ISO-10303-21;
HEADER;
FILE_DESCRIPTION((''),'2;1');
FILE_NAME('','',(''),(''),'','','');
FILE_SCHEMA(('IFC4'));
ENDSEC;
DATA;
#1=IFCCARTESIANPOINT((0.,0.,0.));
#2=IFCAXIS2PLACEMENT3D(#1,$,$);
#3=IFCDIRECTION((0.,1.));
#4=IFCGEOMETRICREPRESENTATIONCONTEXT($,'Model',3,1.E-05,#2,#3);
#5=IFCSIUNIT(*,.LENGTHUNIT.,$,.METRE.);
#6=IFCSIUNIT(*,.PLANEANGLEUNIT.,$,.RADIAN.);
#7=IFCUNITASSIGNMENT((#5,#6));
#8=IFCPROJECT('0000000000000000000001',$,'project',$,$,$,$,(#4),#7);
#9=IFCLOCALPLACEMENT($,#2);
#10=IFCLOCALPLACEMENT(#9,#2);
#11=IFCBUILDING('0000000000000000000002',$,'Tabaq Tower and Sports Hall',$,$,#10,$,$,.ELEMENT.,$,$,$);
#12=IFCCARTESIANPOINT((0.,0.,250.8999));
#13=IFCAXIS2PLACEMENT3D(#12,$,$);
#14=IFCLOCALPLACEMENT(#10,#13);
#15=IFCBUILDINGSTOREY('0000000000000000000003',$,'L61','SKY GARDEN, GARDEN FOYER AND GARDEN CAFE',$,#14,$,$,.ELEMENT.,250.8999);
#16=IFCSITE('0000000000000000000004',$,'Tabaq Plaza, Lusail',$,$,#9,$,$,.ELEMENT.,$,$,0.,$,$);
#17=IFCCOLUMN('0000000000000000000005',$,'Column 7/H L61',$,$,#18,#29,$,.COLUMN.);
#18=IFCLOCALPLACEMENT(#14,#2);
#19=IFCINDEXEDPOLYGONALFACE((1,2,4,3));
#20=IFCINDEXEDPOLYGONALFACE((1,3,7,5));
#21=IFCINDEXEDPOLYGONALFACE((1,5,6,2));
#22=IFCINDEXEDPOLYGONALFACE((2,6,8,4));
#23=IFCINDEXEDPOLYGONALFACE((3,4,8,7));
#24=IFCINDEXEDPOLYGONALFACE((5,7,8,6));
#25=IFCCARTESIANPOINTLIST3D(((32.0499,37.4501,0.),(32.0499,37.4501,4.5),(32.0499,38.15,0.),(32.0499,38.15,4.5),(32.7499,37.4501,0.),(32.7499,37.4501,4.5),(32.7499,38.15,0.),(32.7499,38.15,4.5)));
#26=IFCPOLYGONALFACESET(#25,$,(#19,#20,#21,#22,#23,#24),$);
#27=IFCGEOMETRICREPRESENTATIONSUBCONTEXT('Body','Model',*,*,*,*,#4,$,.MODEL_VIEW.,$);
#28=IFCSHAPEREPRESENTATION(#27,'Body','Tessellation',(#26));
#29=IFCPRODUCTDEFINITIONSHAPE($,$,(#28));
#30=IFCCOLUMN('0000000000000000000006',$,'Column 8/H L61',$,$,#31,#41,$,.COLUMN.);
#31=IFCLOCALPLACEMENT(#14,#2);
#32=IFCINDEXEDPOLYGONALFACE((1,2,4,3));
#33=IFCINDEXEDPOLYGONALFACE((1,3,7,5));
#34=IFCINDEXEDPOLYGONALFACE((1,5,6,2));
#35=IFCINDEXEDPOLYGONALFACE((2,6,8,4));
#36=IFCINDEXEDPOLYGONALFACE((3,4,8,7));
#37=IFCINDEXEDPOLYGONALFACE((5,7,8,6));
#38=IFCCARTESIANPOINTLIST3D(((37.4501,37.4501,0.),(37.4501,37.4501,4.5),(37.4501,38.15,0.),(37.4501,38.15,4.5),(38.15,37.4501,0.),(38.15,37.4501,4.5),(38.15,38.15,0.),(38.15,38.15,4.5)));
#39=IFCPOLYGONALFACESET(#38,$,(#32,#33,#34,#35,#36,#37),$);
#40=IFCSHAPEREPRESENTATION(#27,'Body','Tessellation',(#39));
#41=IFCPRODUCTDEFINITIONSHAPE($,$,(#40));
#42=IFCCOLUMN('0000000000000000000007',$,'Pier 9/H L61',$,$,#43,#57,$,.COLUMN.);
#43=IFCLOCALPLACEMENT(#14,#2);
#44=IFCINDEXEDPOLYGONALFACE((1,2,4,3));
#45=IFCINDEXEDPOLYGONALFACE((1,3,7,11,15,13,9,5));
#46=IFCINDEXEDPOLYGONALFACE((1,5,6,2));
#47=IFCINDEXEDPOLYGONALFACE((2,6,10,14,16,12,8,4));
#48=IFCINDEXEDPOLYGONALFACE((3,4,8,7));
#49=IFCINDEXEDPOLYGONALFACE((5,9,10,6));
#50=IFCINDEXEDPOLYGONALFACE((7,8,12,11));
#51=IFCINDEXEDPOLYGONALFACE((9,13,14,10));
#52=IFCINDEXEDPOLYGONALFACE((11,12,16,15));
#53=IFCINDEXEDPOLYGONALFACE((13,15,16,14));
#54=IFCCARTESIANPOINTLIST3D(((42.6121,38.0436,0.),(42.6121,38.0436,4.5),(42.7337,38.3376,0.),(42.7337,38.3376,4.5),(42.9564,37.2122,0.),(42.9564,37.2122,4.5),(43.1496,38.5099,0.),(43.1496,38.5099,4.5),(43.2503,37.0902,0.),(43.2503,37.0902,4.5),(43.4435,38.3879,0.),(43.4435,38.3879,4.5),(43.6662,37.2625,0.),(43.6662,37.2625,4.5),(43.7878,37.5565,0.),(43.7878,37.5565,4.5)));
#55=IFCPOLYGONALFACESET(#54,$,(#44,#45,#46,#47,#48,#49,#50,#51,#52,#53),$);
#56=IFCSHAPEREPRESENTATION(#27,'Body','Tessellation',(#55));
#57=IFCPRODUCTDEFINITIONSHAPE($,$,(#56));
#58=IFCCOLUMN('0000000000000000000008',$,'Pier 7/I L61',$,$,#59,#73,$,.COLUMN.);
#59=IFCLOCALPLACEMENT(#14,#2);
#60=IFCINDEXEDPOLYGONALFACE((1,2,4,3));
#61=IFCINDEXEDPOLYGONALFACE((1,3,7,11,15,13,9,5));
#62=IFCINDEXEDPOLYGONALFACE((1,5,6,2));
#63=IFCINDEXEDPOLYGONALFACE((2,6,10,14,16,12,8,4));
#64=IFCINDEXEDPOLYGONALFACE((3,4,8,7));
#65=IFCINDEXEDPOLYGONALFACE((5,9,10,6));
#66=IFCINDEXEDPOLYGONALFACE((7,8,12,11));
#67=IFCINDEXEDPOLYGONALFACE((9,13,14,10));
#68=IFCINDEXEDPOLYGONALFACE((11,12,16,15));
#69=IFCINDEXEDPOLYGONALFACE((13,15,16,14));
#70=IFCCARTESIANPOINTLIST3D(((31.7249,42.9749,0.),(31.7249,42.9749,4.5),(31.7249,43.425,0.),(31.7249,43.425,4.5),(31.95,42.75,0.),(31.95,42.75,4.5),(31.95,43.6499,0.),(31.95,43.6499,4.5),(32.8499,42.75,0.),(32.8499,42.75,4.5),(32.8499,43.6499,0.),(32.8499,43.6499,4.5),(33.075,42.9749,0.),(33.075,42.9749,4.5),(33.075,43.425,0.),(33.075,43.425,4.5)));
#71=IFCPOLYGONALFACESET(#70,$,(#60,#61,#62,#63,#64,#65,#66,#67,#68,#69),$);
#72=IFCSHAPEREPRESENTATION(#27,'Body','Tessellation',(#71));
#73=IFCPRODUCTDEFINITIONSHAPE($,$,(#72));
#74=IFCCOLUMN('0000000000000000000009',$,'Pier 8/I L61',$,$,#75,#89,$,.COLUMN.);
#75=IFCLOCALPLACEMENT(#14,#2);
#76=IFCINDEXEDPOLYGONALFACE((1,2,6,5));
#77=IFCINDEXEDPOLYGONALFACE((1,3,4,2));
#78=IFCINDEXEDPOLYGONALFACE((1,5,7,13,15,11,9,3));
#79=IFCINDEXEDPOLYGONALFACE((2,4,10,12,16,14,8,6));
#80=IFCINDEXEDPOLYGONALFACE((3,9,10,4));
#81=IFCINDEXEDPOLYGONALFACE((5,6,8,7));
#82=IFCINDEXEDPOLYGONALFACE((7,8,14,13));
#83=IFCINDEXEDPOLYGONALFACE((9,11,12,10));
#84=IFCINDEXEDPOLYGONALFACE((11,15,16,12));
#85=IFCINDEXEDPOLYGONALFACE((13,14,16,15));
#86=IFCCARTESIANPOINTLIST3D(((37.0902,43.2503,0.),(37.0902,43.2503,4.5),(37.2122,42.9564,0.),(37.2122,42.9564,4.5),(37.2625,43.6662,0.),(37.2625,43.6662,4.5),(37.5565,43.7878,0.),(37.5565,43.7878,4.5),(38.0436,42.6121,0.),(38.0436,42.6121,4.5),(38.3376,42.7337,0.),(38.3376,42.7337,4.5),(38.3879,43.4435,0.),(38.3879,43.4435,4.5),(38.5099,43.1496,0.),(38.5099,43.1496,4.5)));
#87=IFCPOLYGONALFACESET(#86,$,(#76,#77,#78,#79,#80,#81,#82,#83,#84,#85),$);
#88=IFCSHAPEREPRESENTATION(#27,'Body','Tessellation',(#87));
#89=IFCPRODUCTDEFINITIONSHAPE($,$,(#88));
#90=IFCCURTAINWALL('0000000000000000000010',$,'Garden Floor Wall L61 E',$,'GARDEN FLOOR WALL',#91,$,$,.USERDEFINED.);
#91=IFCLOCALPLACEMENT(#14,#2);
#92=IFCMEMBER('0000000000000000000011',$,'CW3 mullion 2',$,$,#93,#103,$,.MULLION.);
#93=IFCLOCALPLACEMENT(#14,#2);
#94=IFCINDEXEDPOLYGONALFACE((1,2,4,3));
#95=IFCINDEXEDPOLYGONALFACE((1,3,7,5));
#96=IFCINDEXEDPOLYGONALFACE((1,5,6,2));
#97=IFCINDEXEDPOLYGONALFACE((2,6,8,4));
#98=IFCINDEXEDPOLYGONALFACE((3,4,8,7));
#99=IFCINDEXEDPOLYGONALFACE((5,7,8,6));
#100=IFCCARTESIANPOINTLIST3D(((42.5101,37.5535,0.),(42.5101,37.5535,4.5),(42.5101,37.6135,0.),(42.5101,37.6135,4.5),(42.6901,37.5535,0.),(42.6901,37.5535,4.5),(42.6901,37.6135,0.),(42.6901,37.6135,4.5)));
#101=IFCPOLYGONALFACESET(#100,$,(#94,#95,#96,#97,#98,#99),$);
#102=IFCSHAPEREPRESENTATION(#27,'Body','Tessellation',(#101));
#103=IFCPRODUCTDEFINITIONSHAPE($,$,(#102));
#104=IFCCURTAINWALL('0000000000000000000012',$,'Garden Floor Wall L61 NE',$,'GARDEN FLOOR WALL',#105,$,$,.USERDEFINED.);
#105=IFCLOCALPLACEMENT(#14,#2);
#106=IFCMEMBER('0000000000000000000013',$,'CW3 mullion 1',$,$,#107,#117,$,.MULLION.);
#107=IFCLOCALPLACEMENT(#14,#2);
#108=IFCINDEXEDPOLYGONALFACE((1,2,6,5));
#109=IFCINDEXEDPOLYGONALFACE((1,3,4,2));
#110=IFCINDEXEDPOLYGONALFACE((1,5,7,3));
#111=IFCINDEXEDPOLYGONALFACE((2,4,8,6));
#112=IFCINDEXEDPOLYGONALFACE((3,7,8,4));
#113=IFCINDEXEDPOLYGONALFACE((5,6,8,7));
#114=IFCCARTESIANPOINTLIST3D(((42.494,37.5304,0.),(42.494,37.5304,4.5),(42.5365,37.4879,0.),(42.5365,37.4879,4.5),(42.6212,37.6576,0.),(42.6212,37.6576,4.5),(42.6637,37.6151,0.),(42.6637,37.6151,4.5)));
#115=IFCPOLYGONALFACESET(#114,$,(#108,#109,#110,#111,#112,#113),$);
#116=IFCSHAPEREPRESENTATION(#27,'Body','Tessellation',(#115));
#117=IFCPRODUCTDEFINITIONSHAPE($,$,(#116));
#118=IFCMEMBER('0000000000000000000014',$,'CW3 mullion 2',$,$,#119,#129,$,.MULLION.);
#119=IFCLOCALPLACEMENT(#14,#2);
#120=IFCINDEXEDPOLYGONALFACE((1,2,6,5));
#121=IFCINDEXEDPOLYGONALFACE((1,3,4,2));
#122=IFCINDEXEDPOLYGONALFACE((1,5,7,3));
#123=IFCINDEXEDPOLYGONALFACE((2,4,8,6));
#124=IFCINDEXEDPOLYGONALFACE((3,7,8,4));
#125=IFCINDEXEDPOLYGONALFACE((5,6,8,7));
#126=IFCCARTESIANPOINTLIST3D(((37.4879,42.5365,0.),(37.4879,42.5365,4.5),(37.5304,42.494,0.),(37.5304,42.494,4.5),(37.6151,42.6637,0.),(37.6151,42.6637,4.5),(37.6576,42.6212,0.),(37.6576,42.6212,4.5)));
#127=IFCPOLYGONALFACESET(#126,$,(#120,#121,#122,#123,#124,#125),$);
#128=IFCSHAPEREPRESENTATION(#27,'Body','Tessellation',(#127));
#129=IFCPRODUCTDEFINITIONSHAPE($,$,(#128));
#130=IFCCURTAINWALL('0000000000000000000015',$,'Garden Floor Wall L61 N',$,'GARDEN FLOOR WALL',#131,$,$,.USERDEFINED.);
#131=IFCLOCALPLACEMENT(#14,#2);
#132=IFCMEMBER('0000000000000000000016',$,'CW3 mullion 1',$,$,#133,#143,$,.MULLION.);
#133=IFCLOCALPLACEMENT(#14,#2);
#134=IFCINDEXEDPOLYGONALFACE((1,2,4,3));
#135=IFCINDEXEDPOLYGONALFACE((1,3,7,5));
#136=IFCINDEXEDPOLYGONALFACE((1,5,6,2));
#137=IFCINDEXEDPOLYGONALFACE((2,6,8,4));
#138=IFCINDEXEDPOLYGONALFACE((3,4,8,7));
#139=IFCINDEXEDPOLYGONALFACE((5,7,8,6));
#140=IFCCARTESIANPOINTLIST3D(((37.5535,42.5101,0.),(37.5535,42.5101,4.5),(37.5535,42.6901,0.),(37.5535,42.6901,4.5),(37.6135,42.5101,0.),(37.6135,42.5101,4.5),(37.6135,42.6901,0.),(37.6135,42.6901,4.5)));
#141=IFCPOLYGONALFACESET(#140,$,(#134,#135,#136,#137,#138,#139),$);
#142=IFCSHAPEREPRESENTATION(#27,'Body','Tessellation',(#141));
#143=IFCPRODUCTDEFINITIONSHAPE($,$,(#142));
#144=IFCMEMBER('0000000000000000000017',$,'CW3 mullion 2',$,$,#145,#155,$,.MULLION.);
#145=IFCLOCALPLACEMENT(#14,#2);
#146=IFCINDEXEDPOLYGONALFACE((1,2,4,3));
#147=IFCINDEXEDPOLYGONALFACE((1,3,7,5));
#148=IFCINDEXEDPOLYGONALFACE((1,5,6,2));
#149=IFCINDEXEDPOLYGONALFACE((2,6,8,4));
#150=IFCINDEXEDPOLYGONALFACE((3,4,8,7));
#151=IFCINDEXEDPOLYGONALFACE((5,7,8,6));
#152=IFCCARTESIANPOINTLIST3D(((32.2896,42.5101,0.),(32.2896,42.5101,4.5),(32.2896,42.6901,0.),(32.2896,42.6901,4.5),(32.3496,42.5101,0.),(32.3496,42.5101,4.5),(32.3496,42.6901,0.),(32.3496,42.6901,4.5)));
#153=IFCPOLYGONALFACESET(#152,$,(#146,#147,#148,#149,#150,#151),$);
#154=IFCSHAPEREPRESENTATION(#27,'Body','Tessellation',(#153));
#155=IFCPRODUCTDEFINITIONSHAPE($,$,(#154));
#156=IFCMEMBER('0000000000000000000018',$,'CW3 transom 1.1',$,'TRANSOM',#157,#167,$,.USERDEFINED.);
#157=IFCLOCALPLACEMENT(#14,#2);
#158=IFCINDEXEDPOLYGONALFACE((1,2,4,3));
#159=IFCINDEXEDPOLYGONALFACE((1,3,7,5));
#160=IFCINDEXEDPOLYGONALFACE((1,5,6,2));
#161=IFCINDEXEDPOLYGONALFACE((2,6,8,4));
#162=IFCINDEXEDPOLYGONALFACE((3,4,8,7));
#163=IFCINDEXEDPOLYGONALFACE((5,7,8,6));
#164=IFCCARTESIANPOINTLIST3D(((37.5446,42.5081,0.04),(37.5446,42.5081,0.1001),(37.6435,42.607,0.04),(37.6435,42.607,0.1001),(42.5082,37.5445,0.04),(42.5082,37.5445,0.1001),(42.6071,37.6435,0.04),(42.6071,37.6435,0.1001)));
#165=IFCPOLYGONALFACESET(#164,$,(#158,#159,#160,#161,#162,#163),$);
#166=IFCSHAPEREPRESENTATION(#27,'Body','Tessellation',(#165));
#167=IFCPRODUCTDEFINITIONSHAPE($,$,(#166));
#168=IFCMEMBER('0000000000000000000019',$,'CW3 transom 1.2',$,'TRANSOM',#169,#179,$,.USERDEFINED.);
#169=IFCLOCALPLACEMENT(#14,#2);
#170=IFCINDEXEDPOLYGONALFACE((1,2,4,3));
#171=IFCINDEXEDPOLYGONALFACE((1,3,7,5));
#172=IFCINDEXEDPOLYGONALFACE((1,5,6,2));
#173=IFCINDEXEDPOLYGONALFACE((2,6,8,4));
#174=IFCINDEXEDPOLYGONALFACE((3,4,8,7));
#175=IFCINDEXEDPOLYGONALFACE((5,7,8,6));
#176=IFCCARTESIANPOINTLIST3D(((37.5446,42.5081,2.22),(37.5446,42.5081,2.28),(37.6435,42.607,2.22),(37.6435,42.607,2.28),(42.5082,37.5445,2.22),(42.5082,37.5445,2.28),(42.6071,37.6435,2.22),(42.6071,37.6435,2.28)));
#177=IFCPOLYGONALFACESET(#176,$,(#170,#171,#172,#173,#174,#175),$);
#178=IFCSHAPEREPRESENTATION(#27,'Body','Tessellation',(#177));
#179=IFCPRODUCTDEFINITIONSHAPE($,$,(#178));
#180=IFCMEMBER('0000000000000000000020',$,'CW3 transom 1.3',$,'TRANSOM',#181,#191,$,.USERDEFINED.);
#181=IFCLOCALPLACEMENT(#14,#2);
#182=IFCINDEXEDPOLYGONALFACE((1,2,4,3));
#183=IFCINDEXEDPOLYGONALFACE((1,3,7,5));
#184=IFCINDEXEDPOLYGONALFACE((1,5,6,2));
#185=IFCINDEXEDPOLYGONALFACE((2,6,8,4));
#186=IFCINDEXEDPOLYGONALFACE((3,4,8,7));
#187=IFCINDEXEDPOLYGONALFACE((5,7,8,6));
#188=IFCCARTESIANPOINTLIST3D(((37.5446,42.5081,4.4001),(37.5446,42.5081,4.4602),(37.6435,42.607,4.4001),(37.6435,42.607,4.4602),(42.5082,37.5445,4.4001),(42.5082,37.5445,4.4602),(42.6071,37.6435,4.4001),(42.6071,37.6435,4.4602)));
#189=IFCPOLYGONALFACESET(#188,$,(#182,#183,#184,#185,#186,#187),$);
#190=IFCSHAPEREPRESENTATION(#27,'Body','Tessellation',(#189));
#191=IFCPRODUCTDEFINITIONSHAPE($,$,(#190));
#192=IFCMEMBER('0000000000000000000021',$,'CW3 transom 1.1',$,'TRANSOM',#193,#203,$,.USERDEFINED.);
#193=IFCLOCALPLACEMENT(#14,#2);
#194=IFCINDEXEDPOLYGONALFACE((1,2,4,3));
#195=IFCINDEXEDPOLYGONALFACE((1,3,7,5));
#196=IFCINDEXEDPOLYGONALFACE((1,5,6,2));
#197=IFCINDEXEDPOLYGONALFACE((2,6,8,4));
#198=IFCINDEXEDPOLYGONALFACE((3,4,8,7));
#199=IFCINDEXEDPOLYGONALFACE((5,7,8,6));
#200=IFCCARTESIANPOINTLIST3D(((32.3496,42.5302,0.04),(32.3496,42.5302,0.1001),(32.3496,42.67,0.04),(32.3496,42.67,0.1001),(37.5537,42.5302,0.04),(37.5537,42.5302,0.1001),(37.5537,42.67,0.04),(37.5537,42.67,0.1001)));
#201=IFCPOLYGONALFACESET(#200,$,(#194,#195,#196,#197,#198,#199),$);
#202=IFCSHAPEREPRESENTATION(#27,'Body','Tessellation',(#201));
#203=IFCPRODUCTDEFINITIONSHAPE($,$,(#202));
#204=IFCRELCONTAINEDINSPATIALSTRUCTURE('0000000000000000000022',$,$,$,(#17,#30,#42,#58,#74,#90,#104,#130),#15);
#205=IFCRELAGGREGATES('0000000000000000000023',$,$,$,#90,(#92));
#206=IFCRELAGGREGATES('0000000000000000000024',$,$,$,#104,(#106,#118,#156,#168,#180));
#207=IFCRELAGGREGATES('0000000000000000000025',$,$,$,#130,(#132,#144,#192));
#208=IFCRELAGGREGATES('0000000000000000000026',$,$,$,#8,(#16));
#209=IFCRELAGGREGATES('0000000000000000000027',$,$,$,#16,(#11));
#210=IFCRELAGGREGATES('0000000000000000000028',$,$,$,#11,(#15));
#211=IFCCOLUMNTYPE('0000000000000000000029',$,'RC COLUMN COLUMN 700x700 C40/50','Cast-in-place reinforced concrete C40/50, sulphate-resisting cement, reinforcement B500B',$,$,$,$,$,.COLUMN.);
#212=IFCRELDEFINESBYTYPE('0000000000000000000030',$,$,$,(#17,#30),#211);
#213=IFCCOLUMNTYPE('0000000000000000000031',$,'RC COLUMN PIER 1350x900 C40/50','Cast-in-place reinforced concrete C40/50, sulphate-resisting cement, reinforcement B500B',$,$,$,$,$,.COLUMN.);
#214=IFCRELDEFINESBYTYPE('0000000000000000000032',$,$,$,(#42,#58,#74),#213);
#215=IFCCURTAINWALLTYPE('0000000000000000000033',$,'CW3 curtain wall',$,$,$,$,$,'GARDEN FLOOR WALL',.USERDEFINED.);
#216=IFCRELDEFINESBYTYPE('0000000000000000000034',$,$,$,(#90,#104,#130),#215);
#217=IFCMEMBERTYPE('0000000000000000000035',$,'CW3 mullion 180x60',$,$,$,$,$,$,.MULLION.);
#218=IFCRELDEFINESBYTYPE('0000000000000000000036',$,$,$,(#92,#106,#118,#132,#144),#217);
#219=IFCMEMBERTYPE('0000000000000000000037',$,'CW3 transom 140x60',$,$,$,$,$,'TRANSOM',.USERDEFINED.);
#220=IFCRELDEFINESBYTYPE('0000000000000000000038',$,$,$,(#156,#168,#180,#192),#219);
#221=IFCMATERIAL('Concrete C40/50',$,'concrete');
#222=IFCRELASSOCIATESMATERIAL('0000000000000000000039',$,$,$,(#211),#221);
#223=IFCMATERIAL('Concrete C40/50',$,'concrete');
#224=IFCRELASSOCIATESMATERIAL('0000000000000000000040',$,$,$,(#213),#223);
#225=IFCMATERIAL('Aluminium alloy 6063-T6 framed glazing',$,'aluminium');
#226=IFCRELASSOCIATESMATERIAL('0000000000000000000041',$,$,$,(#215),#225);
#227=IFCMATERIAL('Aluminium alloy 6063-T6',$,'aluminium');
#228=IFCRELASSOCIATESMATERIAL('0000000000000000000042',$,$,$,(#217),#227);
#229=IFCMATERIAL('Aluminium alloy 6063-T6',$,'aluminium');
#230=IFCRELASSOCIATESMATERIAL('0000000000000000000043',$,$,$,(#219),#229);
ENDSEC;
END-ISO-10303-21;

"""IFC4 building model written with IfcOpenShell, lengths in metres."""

from ifc_helpers import new_model, si_unit, direction, frame, origin, origin_2d, place, context, subcontext, project, spatial, polyline, rectangle, outline, extrude, material, material_profile, profile_set, type_object, element, aggregate, save


model = new_model("IFC4")

# Units and contexts
model_context = context("Model", 3, precision=1e-05, world=origin(), true_north=direction((0.0, 1.0)))
body_context = subcontext(model_context, "Body", "Model", "MODEL_VIEW")
ifc_project = project(units=[si_unit("LENGTHUNIT", "METRE"), si_unit("PLANEANGLEUNIT", "RADIAN")], contexts=[model_context])

# Site, building, storey
site_placement = place(None, origin())
site = spatial("IfcSite", under=ifc_project, at=site_placement, Name="Tabaq Plaza, Lusail", CompositionType="ELEMENT", RefElevation=0.0)
building_placement = place(site_placement, origin())
building = spatial("IfcBuilding", under=site, at=building_placement, Name="Tabaq Tower and Sports Hall", CompositionType="ELEMENT")
storey_placement = place(building_placement, frame((0.0, 0.0, 250.8999)))
storey = spatial("IfcBuildingStorey", under=building, at=storey_placement, Name="L61", Description="SKY GARDEN, GARDEN FOYER AND GARDEN CAFE", CompositionType="ELEMENT", Elevation=250.8999)

# Columns
ifc_material_1 = material(Name="Concrete C40/50", Category="concrete")
ifc_material_profile_1 = material_profile(ifc_material_1, rectangle(XDim=0.7, YDim=0.7, at=origin_2d()), Name="COLUMN 700x700")
ifc_profile_set_1 = profile_set([ifc_material_profile_1], Name="Concrete C40/50")
column_type_1 = type_object("IfcColumnType", Name="RC COLUMN COLUMN 700x700 C40/50", Description="Cast-in-place reinforced concrete C40/50, sulphate-resisting cement, reinforcement B500B", PredefinedType="COLUMN", material=ifc_profile_set_1)
for number, where, z_axis, x_axis, name in (
    (1, (32.3999, 37.8, 0.0), (0.0, 0.0, 1.0), (1.0, 0.0, 0.0), "Column 7/H L61"),
    (2, (37.8, 37.8, 0.0), (0.0, 0.0, 1.0), (1.0, 0.0, 0.0), "Column 8/H L61"),
):
    element("IfcColumn", number, at=place(storey_placement, frame(where, z_axis=z_axis, x_axis=x_axis)), inside=storey, type_object=column_type_1, Name=name, PredefinedType="COLUMN", context=body_context, shape_type="SweptSolid", body=[
        extrude(rectangle(XDim=0.7, YDim=0.7, at=origin_2d()), origin(), (0.0, 0.0, 1.0), 4.5),
    ])
ifc_material_2 = material(Name="Concrete C40/50", Category="concrete")
ifc_material_profile_2 = material_profile(ifc_material_2, outline(polyline([(-0.45, -0.45), (0.45, -0.45), (0.675, -0.2251), (0.675, 0.2251), (0.45, 0.45), (-0.45, 0.45), (-0.675, 0.2251), (-0.675, -0.2251), (-0.45, -0.45)])), Name="PIER 1350x900")
ifc_profile_set_2 = profile_set([ifc_material_profile_2], Name="Concrete C40/50")
column_type_2 = type_object("IfcColumnType", Name="RC COLUMN PIER 1350x900 C40/50", Description="Cast-in-place reinforced concrete C40/50, sulphate-resisting cement, reinforcement B500B", PredefinedType="COLUMN", material=ifc_profile_set_2)
for number, where, z_axis, x_axis, name in (
    (3, (43.2, 37.8, 0.0), (0.0, 0.0, 1.0), (-0.382683, 0.92388, 0.0), "Pier 9/H L61"),
    (4, (32.3999, 43.2, 0.0), (0.0, 0.0, 1.0), (1.0, 0.0, 0.0), "Pier 7/I L61"),
    (5, (37.8, 43.2, 0.0), (0.0, 0.0, 1.0), (-0.92388, 0.382683, 0.0), "Pier 8/I L61"),
):
    element("IfcColumn", number, at=place(storey_placement, frame(where, z_axis=z_axis, x_axis=x_axis)), inside=storey, type_object=column_type_2, Name=name, PredefinedType="COLUMN", context=body_context, shape_type="SweptSolid", body=[
        extrude(outline(polyline([(-0.45, -0.45), (0.45, -0.45), (0.675, -0.2251), (0.675, 0.2251), (0.45, 0.45), (-0.45, 0.45), (-0.675, 0.2251), (-0.675, -0.2251), (-0.45, -0.45)])), origin(), (0.0, 0.0, 1.0), 4.5),
    ])

# Curtain wall, member
ifc_material_3 = material(Name="Aluminium alloy 6063-T6 framed glazing", Category="aluminium")
curtain_wall_type = type_object("IfcCurtainWallType", Name="CW3 curtain wall", ElementType="GARDEN FLOOR WALL", PredefinedType="USERDEFINED", material=ifc_material_3)
curtain_wall_1_placement = place(storey_placement, origin())
curtain_wall_1 = element("IfcCurtainWall", 6, at=curtain_wall_1_placement, inside=storey, type_object=curtain_wall_type, Name="Garden Floor Wall L61 E", ObjectType="GARDEN FLOOR WALL", PredefinedType="USERDEFINED")
ifc_material_4 = material(Name="Aluminium alloy 6063-T6", Category="aluminium")
ifc_material_profile_3 = material_profile(ifc_material_4, rectangle(XDim=0.1799, YDim=0.0601, at=origin_2d()), Name="MULLION 180x60")
ifc_profile_set_3 = profile_set([ifc_material_profile_3], Name="Aluminium alloy 6063-T6")
member_type_1 = type_object("IfcMemberType", Name="CW3 mullion 180x60", PredefinedType="MULLION", material=ifc_profile_set_3)
member_1_placement = place(storey_placement, frame((42.6001, 37.5835, 0.0), z_axis=(0.0, 0.0, 1.0), x_axis=(-1.0, 0.0, 0.0)))
member_1 = element("IfcMember", 7, at=member_1_placement, type_object=member_type_1, Name="CW3 mullion 2", PredefinedType="MULLION", context=body_context, shape_type="SweptSolid", body=[
    extrude(rectangle(XDim=0.1799, YDim=0.0601, at=origin_2d()), origin(), (0.0, 0.0, 1.0), 4.5),
])

# Curtain walls, members
curtain_wall_2_placement = place(storey_placement, origin())
curtain_wall_2 = element("IfcCurtainWall", 8, at=curtain_wall_2_placement, inside=storey, type_object=curtain_wall_type, Name="Garden Floor Wall L61 NE", ObjectType="GARDEN FLOOR WALL", PredefinedType="USERDEFINED")
member_2_placement = place(storey_placement, frame((42.5789, 37.5728, 0.0), z_axis=(0.0, 0.0, 1.0), x_axis=(-0.707107, -0.707107, 0.0)))
member_2 = element("IfcMember", 9, at=member_2_placement, type_object=member_type_1, Name="CW3 mullion 1", PredefinedType="MULLION", context=body_context, shape_type="SweptSolid", body=[
    extrude(rectangle(XDim=0.1799, YDim=0.0601, at=origin_2d()), origin(), (0.0, 0.0, 1.0), 4.5),
])
member_3_placement = place(storey_placement, frame((37.5728, 42.5789, 0.0), z_axis=(0.0, 0.0, 1.0), x_axis=(-0.707107, -0.707107, 0.0)))
member_3 = element("IfcMember", 10, at=member_3_placement, type_object=member_type_1, Name="CW3 mullion 2", PredefinedType="MULLION", context=body_context, shape_type="SweptSolid", body=[
    extrude(rectangle(XDim=0.1799, YDim=0.0601, at=origin_2d()), origin(), (0.0, 0.0, 1.0), 4.5),
])
curtain_wall_3_placement = place(storey_placement, origin())
curtain_wall_3 = element("IfcCurtainWall", 11, at=curtain_wall_3_placement, inside=storey, type_object=curtain_wall_type, Name="Garden Floor Wall L61 N", ObjectType="GARDEN FLOOR WALL", PredefinedType="USERDEFINED")
member_4_placement = place(storey_placement, frame((37.5835, 42.6001, 0.0), z_axis=(0.0, 0.0, 1.0), x_axis=(0.0, -1.0, 0.0)))
member_4 = element("IfcMember", 12, at=member_4_placement, type_object=member_type_1, Name="CW3 mullion 1", PredefinedType="MULLION", context=body_context, shape_type="SweptSolid", body=[
    extrude(rectangle(XDim=0.1799, YDim=0.0601, at=origin_2d()), origin(), (0.0, 0.0, 1.0), 4.5),
])
member_5_placement = place(storey_placement, frame((32.3196, 42.6001, 0.0), z_axis=(0.0, 0.0, 1.0), x_axis=(0.0, -1.0, 0.0)))
member_5 = element("IfcMember", 13, at=member_5_placement, type_object=member_type_1, Name="CW3 mullion 2", PredefinedType="MULLION", context=body_context, shape_type="SweptSolid", body=[
    extrude(rectangle(XDim=0.1799, YDim=0.0601, at=origin_2d()), origin(), (0.0, 0.0, 1.0), 4.5),
])

# Members
ifc_material_5 = material(Name="Aluminium alloy 6063-T6", Category="aluminium")
ifc_material_profile_4 = material_profile(ifc_material_5, rectangle(XDim=0.1399, YDim=0.0601, at=origin_2d()), Name="TRANSOM 140x60")
ifc_profile_set_4 = profile_set([ifc_material_profile_4], Name="Aluminium alloy 6063-T6")
member_type_2 = type_object("IfcMemberType", Name="CW3 transom 140x60", ElementType="TRANSOM", PredefinedType="USERDEFINED", material=ifc_profile_set_4)
member_6_placement = place(storey_placement, frame((42.5576, 37.594, 0.0701), z_axis=(-0.707107, 0.707107, 0.0), x_axis=(-0.707107, -0.707107, 0.0)))
member_6 = element("IfcMember", 14, at=member_6_placement, type_object=member_type_2, Name="CW3 transom 1.1", ObjectType="TRANSOM", PredefinedType="USERDEFINED", context=body_context, shape_type="SweptSolid", body=[
    extrude(rectangle(XDim=0.1399, YDim=0.0601, at=origin_2d()), origin(), (0.0, 0.0, 1.0), 7.0195),
])
member_7_placement = place(storey_placement, frame((42.5576, 37.594, 2.25), z_axis=(-0.707107, 0.707107, 0.0), x_axis=(-0.707107, -0.707107, 0.0)))
member_7 = element("IfcMember", 15, at=member_7_placement, type_object=member_type_2, Name="CW3 transom 1.2", ObjectType="TRANSOM", PredefinedType="USERDEFINED", context=body_context, shape_type="SweptSolid", body=[
    extrude(rectangle(XDim=0.1399, YDim=0.0601, at=origin_2d()), origin(), (0.0, 0.0, 1.0), 7.0195),
])
member_8_placement = place(storey_placement, frame((42.5576, 37.594, 4.4302), z_axis=(-0.707107, 0.707107, 0.0), x_axis=(-0.707107, -0.707107, 0.0)))
member_8 = element("IfcMember", 16, at=member_8_placement, type_object=member_type_2, Name="CW3 transom 1.3", ObjectType="TRANSOM", PredefinedType="USERDEFINED", context=body_context, shape_type="SweptSolid", body=[
    extrude(rectangle(XDim=0.1399, YDim=0.0601, at=origin_2d()), origin(), (0.0, 0.0, 1.0), 7.0195),
])
member_9_placement = place(storey_placement, frame((37.5537, 42.6001, 0.0701), z_axis=(-1.0, 0.0, 0.0), x_axis=(0.0, -1.0, 0.0)))
member_9 = element("IfcMember", 17, at=member_9_placement, type_object=member_type_2, Name="CW3 transom 1.1", ObjectType="TRANSOM", PredefinedType="USERDEFINED", context=body_context, shape_type="SweptSolid", body=[
    extrude(rectangle(XDim=0.1399, YDim=0.0601, at=origin_2d()), origin(), (0.0, 0.0, 1.0), 5.2041),
])

aggregate(curtain_wall_1, [member_1])
aggregate(curtain_wall_2, [member_2, member_3, member_6, member_7, member_8])
aggregate(curtain_wall_3, [member_4, member_5, member_9])

save(model, "model.ifc")
